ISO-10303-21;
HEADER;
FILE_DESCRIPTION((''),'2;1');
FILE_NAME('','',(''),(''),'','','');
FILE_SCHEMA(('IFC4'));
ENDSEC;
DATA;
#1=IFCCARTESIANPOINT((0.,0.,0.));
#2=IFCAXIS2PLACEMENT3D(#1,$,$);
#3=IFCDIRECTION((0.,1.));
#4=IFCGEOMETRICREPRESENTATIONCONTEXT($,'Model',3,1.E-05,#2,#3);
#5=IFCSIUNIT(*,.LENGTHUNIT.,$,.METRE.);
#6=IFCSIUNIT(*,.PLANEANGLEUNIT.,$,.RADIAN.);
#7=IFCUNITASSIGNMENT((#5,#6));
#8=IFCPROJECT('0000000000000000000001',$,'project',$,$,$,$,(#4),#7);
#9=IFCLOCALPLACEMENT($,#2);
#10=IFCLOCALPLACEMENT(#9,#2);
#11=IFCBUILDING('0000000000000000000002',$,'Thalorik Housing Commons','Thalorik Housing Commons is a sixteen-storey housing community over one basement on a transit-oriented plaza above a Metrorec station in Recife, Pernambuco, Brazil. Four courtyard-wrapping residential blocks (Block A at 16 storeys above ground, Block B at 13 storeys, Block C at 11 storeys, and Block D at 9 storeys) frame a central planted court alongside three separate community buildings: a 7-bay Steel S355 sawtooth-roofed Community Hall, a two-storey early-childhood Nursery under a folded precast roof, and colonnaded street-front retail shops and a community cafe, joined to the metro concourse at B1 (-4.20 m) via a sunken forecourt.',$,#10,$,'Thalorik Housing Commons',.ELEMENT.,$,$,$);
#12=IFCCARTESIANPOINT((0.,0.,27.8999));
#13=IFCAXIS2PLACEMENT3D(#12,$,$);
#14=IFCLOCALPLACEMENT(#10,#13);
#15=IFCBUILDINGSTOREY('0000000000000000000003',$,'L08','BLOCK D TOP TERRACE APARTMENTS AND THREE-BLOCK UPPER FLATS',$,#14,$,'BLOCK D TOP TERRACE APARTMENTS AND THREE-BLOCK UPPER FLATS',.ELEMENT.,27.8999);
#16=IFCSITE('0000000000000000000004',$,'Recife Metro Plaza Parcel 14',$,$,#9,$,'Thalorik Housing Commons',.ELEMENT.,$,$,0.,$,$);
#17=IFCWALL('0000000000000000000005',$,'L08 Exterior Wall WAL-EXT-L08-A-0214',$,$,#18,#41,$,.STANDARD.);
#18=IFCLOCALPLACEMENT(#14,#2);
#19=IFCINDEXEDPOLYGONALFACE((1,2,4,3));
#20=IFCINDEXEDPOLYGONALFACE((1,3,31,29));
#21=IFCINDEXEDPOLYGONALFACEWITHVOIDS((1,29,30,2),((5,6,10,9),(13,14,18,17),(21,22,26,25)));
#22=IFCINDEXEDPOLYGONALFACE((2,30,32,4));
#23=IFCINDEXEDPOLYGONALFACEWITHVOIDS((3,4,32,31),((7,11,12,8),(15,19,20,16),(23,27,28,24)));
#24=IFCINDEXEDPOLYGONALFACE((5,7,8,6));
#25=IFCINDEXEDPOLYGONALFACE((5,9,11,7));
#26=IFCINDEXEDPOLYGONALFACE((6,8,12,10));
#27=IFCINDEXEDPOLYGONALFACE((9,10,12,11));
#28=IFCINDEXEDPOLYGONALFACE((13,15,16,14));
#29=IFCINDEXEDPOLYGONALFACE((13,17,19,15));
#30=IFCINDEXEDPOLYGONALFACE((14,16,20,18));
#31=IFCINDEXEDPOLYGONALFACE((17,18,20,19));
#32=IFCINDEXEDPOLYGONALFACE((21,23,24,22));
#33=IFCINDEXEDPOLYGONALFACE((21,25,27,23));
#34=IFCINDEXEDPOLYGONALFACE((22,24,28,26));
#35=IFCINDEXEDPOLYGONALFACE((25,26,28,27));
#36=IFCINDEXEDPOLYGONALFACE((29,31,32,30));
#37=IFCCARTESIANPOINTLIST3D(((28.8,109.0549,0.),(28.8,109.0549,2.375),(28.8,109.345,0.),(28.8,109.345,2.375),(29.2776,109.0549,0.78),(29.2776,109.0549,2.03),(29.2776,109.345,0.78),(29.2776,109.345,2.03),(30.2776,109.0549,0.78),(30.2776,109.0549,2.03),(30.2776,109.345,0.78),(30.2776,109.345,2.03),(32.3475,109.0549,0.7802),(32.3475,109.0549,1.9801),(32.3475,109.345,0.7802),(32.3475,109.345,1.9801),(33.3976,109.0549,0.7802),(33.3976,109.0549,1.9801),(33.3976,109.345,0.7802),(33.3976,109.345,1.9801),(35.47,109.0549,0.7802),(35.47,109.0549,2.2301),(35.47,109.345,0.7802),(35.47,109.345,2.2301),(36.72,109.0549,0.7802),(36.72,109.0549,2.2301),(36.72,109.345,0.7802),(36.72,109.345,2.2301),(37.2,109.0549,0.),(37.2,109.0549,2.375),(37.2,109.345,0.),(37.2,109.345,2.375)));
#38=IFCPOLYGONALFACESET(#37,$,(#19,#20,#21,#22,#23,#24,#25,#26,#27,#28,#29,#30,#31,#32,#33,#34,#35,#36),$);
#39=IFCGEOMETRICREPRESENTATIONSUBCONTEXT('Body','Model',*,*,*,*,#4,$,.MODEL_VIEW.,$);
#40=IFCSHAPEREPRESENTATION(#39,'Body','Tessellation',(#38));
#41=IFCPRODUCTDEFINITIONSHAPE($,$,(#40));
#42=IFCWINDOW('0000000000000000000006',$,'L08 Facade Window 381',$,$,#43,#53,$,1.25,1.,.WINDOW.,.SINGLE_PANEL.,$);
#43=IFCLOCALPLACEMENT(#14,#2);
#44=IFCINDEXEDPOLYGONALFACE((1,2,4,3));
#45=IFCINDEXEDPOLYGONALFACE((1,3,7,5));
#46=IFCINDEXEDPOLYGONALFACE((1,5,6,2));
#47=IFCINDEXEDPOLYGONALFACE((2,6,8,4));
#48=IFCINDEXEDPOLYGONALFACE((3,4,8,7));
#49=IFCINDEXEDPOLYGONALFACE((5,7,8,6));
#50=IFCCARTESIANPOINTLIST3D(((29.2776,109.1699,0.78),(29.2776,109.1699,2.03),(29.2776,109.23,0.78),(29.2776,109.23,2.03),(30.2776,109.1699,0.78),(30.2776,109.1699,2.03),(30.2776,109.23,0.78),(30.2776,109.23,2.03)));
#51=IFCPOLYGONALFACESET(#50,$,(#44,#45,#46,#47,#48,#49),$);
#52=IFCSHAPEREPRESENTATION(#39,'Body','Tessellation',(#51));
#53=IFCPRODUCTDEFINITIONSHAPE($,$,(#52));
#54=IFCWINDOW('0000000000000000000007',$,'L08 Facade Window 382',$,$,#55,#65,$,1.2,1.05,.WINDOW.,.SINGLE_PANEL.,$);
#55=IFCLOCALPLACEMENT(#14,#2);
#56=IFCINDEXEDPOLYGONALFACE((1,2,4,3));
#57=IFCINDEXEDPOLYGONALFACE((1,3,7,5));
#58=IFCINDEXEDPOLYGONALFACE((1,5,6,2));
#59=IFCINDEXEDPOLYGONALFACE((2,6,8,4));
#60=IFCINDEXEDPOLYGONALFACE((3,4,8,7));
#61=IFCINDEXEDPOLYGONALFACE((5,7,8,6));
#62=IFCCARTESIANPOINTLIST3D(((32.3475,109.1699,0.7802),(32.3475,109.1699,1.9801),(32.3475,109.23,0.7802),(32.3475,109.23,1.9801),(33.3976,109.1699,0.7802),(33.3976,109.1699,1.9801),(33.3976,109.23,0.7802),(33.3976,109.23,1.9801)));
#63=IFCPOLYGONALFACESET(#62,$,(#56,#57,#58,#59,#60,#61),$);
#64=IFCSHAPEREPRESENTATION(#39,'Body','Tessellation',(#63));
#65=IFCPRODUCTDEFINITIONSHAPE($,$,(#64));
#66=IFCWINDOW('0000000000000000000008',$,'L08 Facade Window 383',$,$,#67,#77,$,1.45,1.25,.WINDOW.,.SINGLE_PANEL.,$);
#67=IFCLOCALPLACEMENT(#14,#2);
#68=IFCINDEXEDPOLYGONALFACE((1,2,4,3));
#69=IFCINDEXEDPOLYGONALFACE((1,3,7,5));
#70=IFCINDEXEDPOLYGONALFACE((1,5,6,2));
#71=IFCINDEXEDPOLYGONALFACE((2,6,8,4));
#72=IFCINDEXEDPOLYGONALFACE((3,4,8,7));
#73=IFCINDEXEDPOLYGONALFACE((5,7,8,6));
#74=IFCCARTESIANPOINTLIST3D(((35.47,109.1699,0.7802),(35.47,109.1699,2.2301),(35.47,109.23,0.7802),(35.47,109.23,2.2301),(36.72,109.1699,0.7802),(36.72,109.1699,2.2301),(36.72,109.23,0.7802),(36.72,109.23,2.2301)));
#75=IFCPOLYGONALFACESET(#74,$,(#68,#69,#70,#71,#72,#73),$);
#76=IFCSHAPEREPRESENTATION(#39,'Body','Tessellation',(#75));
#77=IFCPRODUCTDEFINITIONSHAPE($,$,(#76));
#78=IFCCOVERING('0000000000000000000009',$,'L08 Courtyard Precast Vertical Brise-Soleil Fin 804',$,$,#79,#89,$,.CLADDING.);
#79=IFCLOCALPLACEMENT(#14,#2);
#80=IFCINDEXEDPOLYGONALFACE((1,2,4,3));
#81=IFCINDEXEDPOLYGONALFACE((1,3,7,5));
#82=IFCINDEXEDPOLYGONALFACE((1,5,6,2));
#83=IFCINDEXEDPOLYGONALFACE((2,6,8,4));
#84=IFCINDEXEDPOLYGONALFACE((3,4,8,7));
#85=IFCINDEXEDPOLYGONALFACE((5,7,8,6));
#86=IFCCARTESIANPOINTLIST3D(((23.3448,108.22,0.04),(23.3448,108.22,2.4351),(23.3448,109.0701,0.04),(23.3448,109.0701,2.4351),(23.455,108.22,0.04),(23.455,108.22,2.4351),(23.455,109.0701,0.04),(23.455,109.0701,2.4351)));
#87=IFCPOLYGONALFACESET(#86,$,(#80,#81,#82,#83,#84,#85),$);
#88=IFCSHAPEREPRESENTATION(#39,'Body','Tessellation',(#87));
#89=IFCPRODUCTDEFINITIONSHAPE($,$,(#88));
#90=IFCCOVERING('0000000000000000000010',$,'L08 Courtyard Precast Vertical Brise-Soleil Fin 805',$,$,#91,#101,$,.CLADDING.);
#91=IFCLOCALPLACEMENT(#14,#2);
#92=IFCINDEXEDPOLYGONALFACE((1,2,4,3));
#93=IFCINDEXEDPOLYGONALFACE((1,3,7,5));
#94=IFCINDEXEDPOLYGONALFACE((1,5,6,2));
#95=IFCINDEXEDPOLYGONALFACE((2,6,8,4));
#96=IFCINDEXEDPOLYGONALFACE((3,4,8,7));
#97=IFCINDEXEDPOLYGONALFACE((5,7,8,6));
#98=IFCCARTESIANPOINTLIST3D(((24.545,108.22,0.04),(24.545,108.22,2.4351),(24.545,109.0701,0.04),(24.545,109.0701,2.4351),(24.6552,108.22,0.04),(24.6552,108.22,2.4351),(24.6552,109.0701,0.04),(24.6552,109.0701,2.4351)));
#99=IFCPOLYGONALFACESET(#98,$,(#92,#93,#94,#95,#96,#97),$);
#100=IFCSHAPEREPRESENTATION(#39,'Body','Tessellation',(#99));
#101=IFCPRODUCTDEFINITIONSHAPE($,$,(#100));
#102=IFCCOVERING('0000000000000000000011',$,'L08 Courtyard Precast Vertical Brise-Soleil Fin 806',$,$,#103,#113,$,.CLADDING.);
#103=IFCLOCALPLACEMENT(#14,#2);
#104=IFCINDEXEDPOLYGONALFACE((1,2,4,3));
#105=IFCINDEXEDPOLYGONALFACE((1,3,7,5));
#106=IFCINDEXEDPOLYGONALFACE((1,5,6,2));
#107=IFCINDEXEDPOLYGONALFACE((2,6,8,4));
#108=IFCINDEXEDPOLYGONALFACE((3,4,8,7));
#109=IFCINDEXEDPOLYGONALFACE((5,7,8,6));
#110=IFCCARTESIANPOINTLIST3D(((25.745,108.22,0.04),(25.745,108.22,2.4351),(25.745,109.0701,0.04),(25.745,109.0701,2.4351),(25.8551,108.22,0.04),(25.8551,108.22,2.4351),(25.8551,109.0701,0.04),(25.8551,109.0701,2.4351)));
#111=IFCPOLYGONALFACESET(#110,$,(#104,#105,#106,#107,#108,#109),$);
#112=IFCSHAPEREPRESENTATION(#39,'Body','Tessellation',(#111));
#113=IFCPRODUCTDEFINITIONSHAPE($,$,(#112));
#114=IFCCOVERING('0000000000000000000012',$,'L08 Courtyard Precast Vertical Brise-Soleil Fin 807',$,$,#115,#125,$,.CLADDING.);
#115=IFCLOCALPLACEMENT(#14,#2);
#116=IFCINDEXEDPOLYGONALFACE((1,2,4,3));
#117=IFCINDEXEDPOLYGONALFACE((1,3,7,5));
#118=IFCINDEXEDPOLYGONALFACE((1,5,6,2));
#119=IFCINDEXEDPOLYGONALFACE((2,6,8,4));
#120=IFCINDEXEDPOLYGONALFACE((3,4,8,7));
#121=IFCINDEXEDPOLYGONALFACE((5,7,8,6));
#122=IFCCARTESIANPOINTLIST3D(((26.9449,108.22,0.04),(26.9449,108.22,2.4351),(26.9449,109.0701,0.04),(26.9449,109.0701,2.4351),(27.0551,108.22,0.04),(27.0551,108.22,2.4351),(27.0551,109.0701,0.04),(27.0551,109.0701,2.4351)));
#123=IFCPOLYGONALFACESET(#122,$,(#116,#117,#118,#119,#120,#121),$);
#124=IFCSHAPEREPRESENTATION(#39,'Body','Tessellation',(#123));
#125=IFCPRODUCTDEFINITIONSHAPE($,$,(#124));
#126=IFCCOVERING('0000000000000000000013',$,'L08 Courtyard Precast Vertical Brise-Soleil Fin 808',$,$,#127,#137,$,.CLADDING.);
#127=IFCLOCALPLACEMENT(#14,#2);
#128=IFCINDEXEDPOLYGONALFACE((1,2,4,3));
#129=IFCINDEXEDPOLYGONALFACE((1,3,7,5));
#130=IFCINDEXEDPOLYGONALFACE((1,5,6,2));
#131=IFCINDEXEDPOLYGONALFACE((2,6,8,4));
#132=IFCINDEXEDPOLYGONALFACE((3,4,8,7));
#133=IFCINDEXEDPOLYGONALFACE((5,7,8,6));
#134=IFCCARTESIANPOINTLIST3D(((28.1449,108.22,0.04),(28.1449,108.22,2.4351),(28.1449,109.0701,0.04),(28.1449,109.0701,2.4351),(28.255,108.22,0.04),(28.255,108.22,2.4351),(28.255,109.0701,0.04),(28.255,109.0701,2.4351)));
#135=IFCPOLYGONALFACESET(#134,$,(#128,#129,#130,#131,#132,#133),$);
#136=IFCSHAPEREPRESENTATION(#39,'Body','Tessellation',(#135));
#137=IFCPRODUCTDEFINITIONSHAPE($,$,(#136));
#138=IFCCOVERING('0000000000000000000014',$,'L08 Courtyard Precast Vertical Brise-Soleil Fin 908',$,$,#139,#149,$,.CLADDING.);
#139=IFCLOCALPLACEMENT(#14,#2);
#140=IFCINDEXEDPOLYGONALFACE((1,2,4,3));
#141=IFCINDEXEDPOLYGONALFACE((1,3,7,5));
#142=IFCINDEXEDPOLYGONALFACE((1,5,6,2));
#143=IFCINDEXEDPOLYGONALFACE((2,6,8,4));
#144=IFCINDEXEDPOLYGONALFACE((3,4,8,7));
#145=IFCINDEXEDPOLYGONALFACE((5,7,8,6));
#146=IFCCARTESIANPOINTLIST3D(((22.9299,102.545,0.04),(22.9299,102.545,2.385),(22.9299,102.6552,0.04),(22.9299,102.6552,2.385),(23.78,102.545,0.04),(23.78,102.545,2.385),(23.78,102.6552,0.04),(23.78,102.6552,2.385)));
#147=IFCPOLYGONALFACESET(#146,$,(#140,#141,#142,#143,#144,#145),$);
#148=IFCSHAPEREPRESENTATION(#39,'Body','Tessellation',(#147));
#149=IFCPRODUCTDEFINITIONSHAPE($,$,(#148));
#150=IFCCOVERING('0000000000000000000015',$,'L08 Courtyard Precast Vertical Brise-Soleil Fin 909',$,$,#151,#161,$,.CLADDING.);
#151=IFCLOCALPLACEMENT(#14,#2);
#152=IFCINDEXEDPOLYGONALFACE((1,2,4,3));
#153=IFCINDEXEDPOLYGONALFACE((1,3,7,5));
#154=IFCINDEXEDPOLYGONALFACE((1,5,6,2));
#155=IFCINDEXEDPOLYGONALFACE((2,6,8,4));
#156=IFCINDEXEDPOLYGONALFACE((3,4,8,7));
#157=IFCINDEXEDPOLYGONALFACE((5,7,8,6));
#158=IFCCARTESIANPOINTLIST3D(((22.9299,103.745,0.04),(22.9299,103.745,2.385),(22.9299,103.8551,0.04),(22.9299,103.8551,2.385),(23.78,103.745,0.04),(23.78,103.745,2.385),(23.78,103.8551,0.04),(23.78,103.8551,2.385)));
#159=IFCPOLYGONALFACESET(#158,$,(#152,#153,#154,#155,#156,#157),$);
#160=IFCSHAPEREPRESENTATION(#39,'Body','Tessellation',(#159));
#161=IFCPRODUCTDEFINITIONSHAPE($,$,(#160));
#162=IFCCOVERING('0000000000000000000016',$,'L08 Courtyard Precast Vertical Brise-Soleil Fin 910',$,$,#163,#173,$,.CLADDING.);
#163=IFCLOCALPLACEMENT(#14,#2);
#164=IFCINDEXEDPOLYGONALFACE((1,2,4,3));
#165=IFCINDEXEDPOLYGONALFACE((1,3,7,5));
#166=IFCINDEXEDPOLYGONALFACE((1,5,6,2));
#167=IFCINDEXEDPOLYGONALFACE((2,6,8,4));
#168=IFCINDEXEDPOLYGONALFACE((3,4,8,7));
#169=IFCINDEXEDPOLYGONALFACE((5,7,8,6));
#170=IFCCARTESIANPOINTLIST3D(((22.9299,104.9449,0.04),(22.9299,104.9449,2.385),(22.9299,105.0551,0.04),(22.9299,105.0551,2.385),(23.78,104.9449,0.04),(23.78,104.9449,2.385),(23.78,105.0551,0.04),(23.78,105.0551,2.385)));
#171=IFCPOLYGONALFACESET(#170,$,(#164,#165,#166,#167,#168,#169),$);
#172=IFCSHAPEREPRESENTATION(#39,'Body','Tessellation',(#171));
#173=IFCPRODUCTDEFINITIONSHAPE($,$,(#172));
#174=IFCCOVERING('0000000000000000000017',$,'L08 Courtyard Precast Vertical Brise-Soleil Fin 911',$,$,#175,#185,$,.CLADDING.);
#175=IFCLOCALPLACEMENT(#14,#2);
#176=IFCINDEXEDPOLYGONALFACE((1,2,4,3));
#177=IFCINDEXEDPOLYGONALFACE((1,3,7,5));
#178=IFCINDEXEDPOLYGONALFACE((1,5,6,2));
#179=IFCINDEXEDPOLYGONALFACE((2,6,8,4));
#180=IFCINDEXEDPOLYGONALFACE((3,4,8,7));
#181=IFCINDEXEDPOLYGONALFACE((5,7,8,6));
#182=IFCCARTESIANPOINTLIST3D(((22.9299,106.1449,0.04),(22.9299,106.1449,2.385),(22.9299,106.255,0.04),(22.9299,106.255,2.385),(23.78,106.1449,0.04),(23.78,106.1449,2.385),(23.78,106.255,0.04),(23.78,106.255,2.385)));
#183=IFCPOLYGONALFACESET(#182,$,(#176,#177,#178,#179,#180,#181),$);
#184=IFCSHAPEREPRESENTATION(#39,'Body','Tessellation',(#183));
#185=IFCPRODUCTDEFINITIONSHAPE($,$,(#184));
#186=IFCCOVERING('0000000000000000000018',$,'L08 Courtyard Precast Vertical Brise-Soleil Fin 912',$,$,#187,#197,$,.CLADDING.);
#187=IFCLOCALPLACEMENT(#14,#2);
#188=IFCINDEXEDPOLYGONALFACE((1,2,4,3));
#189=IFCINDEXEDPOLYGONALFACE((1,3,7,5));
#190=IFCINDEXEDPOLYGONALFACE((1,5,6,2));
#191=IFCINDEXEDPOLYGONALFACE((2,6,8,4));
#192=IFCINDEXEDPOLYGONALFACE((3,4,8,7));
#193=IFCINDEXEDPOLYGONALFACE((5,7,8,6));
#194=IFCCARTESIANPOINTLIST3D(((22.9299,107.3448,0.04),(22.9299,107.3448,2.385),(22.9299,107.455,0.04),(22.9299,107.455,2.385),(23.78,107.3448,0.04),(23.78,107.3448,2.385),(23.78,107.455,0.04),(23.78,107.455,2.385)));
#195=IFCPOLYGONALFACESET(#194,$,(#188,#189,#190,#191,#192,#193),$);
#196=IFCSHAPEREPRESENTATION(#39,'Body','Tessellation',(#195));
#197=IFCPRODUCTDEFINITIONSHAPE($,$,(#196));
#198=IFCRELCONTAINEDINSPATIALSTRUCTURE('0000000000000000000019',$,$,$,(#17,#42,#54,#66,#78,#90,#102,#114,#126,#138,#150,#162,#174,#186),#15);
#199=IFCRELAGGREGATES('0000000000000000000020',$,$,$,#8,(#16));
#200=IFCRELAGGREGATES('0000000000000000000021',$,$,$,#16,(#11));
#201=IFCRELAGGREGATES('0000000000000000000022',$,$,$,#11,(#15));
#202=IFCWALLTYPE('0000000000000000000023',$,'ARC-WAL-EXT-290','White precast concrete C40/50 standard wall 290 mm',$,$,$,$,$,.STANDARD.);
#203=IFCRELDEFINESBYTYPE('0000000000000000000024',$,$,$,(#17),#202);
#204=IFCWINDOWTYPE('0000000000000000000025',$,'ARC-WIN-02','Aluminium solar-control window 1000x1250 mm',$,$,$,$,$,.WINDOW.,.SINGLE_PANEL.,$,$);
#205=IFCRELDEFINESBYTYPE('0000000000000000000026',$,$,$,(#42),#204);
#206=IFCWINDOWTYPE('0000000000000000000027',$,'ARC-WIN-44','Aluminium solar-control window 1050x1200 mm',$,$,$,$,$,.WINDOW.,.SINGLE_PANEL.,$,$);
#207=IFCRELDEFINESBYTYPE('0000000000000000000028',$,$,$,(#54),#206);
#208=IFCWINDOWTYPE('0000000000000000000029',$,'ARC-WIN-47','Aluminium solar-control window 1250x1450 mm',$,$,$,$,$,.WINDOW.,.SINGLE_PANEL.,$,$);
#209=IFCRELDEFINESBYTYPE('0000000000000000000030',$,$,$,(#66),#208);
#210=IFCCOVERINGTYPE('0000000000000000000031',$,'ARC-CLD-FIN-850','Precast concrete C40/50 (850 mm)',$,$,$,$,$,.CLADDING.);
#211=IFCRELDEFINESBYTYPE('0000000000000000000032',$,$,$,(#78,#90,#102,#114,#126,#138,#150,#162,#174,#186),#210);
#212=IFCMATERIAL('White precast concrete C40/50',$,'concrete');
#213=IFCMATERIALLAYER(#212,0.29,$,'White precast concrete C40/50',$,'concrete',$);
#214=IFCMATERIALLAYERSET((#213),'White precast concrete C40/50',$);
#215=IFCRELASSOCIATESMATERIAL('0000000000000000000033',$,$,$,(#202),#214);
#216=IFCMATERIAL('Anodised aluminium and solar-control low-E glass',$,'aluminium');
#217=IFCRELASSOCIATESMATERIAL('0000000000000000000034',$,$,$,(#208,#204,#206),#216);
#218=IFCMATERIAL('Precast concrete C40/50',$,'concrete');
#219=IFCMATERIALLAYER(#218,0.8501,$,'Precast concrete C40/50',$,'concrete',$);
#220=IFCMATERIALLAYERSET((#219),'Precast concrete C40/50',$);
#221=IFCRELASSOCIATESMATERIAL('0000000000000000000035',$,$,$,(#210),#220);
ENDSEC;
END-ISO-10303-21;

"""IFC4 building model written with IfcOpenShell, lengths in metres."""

from ifc_helpers import new_model, si_unit, direction, frame, frame_2d, origin, origin_2d, place, context, subcontext, project, spatial, rectangle, extrude, material, layer, layer_set, type_object, element, fill, save


model = new_model("IFC4")

# Units and contexts
model_context = context("Model", 3, precision=1e-05, world=origin(), true_north=direction((0.0, 1.0)))
body_context = subcontext(model_context, "Body", "Model", "MODEL_VIEW")
ifc_project = project(units=[si_unit("LENGTHUNIT", "METRE"), si_unit("PLANEANGLEUNIT", "RADIAN")], contexts=[model_context])

# Site, building, storey
site_placement = place(None, origin())
site = spatial("IfcSite", under=ifc_project, at=site_placement, Name="Recife Metro Plaza Parcel 14", LongName="Thalorik Housing Commons", CompositionType="ELEMENT", RefElevation=0.0)
building_placement = place(site_placement, origin())
building = spatial("IfcBuilding", under=site, at=building_placement, Name="Thalorik Housing Commons", Description="Thalorik Housing Commons is a sixteen-storey housing community over one basement on a transit-oriented plaza above a Metrorec station in Recife, Pernambuco, Brazil. Four courtyard-wrapping residential blocks (Block A at 16 storeys above ground, Block B at 13 storeys, Block C at 11 storeys, and Block D at 9 storeys) frame a central planted court alongside three separate community buildings: a 7-bay Steel S355 sawtooth-roofed Community Hall, a two-storey early-childhood Nursery under a folded precast roof, and colonnaded street-front retail shops and a community cafe, joined to the metro concourse at B1 (-4.20 m) via a sunken forecourt.", LongName="Thalorik Housing Commons", CompositionType="ELEMENT")
storey_placement = place(building_placement, frame((0.0, 0.0, 27.8999)))
storey = spatial("IfcBuildingStorey", under=building, at=storey_placement, Name="L08", Description="BLOCK D TOP TERRACE APARTMENTS AND THREE-BLOCK UPPER FLATS", LongName="BLOCK D TOP TERRACE APARTMENTS AND THREE-BLOCK UPPER FLATS", CompositionType="ELEMENT", Elevation=27.8999)

# Shared definitions
ifc_material_1 = material(Name="Precast concrete C40/50", Category="concrete")

# Wall, openings, windows
ifc_material_2 = material(Name="White precast concrete C40/50", Category="concrete")
ifc_layer_1 = layer(ifc_material_2, 0.29, Name="White precast concrete C40/50", Category="concrete")
ifc_layer_set_1 = layer_set([ifc_layer_1], Name="White precast concrete C40/50")
wall_type_1 = type_object("IfcWallType", Name="ARC-WAL-EXT-290", Description="White precast concrete C40/50 standard wall 290 mm", PredefinedType="STANDARD", material=ifc_layer_set_1)
ifc_material_3 = material(Name="Anodised aluminium and solar-control low-E glass", Category="aluminium")
window_type_1 = type_object("IfcWindowType", Name="ARC-WIN-47", Description="Aluminium solar-control window 1250x1450 mm", PartitioningType="SINGLE_PANEL", PredefinedType="WINDOW", material=ifc_material_3)
wall_1_placement = place(storey_placement, frame((28.8, 109.2, 0.0), z_axis=(0.0, 0.0, 1.0), x_axis=(1.0, 0.0, 0.0)))
wall_1 = element("IfcWall", 1, at=wall_1_placement, inside=storey, type_object=wall_type_1, Name="L08 Exterior Wall WAL-EXT-L08-A-0214", PredefinedType="STANDARD", context=body_context, shape_type="SweptSolid", body=[
    extrude(rectangle(XDim=8.3999, YDim=0.29, at=frame_2d((4.2, 0.0))), origin(), (0.0, 0.0, 1.0), 2.375),
])
opening_1_placement = place(wall_1_placement, frame((0.4775, 0.0, 0.78)))
opening_1 = element("IfcOpeningElement", 2, at=opening_1_placement, cuts=wall_1, PredefinedType="OPENING", context=body_context, shape_type="SweptSolid", body=[
    extrude(rectangle(XDim=1.0, YDim=1.25, at=frame_2d((0.5, 0.625))), frame((0.0, 0.155, 0.0), z_axis=(0.0, -1.0, 0.0), x_axis=(1.0, 0.0, 0.0)), (0.0, 0.0, 1.0), 0.3101),
])
opening_2_placement = place(wall_1_placement, frame((3.5476, 0.0, 0.78)))
opening_2 = element("IfcOpeningElement", 3, at=opening_2_placement, cuts=wall_1, PredefinedType="OPENING", context=body_context, shape_type="SweptSolid", body=[
    extrude(rectangle(XDim=1.05, YDim=1.2, at=frame_2d((0.5249, 0.6001))), frame((0.0, 0.155, 0.0), z_axis=(0.0, -1.0, 0.0), x_axis=(1.0, 0.0, 0.0)), (0.0, 0.0, 1.0), 0.3101),
])
opening_3_placement = place(wall_1_placement, frame((6.6699, 0.0, 0.78)))
opening_3 = element("IfcOpeningElement", 4, at=opening_3_placement, cuts=wall_1, PredefinedType="OPENING", context=body_context, shape_type="SweptSolid", body=[
    extrude(rectangle(XDim=1.25, YDim=1.45, at=frame_2d((0.625, 0.7251))), frame((0.0, 0.155, 0.0), z_axis=(0.0, -1.0, 0.0), x_axis=(1.0, 0.0, 0.0)), (0.0, 0.0, 1.0), 0.3101),
])
window_type_2 = type_object("IfcWindowType", Name="ARC-WIN-02", Description="Aluminium solar-control window 1000x1250 mm", PartitioningType="SINGLE_PANEL", PredefinedType="WINDOW", material=ifc_material_3)
window_1_placement = place(opening_1_placement, origin())
window_1 = element("IfcWindow", 5, at=window_1_placement, inside=storey, type_object=window_type_2, Name="L08 Facade Window 381", OverallHeight=1.25, OverallWidth=1.0, PartitioningType="SINGLE_PANEL", PredefinedType="WINDOW", context=body_context, shape_type="SweptSolid", body=[
    extrude(rectangle(XDim=1.0, YDim=1.25, at=frame_2d((0.5, 0.625))), frame((0.0, 0.03, 0.0), z_axis=(0.0, -1.0, 0.0), x_axis=(1.0, 0.0, 0.0)), (0.0, 0.0, 1.0), 0.0601),
])
fill(opening_1, window_1)
window_type_3 = type_object("IfcWindowType", Name="ARC-WIN-44", Description="Aluminium solar-control window 1050x1200 mm", PartitioningType="SINGLE_PANEL", PredefinedType="WINDOW", material=ifc_material_3)
window_2_placement = place(opening_2_placement, origin())
window_2 = element("IfcWindow", 6, at=window_2_placement, inside=storey, type_object=window_type_3, Name="L08 Facade Window 382", OverallHeight=1.2, OverallWidth=1.05, PartitioningType="SINGLE_PANEL", PredefinedType="WINDOW", context=body_context, shape_type="SweptSolid", body=[
    extrude(rectangle(XDim=1.05, YDim=1.2, at=frame_2d((0.5249, 0.6001))), frame((0.0, 0.03, 0.0), z_axis=(0.0, -1.0, 0.0), x_axis=(1.0, 0.0, 0.0)), (0.0, 0.0, 1.0), 0.0601),
])
fill(opening_2, window_2)
window_3_placement = place(opening_3_placement, origin())
window_3 = element("IfcWindow", 7, at=window_3_placement, inside=storey, type_object=window_type_1, Name="L08 Facade Window 383", OverallHeight=1.45, OverallWidth=1.25, PartitioningType="SINGLE_PANEL", PredefinedType="WINDOW", context=body_context, shape_type="SweptSolid", body=[
    extrude(rectangle(XDim=1.25, YDim=1.45, at=frame_2d((0.625, 0.7251))), frame((0.0, 0.03, 0.0), z_axis=(0.0, -1.0, 0.0), x_axis=(1.0, 0.0, 0.0)), (0.0, 0.0, 1.0), 0.0601),
])
fill(opening_3, window_3)

# Coverings
ifc_layer_2 = layer(ifc_material_1, 0.8501, Name="Precast concrete C40/50", Category="concrete")
ifc_layer_set_2 = layer_set([ifc_layer_2], Name="Precast concrete C40/50")
covering_type_1 = type_object("IfcCoveringType", Name="ARC-CLD-FIN-850", Description="Precast concrete C40/50 (850 mm)", PredefinedType="CLADDING", material=ifc_layer_set_2)
for number, where, z_axis, x_axis, name in (
    (8, (23.3999, 108.645, 0.04), (0.0, 0.0, 1.0), (1.0, 0.0, 0.0), "L08 Courtyard Precast Vertical Brise-Soleil Fin 804"),
    (9, (24.6001, 108.645, 0.04), (0.0, 0.0, 1.0), (1.0, 0.0, 0.0), "L08 Courtyard Precast Vertical Brise-Soleil Fin 805"),
    (10, (25.8, 108.645, 0.04), (0.0, 0.0, 1.0), (1.0, 0.0, 0.0), "L08 Courtyard Precast Vertical Brise-Soleil Fin 806"),
    (11, (27.0, 108.645, 0.04), (0.0, 0.0, 1.0), (1.0, 0.0, 0.0), "L08 Courtyard Precast Vertical Brise-Soleil Fin 807"),
    (12, (28.2, 108.645, 0.04), (0.0, 0.0, 1.0), (1.0, 0.0, 0.0), "L08 Courtyard Precast Vertical Brise-Soleil Fin 808"),
):
    element("IfcCovering", number, at=place(storey_placement, frame(where, z_axis=z_axis, x_axis=x_axis)), inside=storey, type_object=covering_type_1, Name=name, PredefinedType="CLADDING", context=body_context, shape_type="SweptSolid", body=[
        extrude(rectangle(XDim=0.1101, YDim=0.8501, at=origin_2d()), origin(), (0.0, 0.0, 1.0), 2.395),
    ])
for number, where, z_axis, x_axis, name in (
    (13, (23.355, 102.6001, 0.04), (0.0, 0.0, 1.0), (0.0, 1.0, 0.0), "L08 Courtyard Precast Vertical Brise-Soleil Fin 908"),
    (14, (23.355, 103.8, 0.04), (0.0, 0.0, 1.0), (0.0, 1.0, 0.0), "L08 Courtyard Precast Vertical Brise-Soleil Fin 909"),
    (15, (23.355, 105.0, 0.04), (0.0, 0.0, 1.0), (0.0, 1.0, 0.0), "L08 Courtyard Precast Vertical Brise-Soleil Fin 910"),
    (16, (23.355, 106.2, 0.04), (0.0, 0.0, 1.0), (0.0, 1.0, 0.0), "L08 Courtyard Precast Vertical Brise-Soleil Fin 911"),
    (17, (23.355, 107.3999, 0.04), (0.0, 0.0, 1.0), (0.0, 1.0, 0.0), "L08 Courtyard Precast Vertical Brise-Soleil Fin 912"),
):
    element("IfcCovering", number, at=place(storey_placement, frame(where, z_axis=z_axis, x_axis=x_axis)), inside=storey, type_object=covering_type_1, Name=name, PredefinedType="CLADDING", context=body_context, shape_type="SweptSolid", body=[
        extrude(rectangle(XDim=0.1101, YDim=0.8501, at=origin_2d()), origin(), (0.0, 0.0, 1.0), 2.345),
    ])

save(model, "model.ifc")
